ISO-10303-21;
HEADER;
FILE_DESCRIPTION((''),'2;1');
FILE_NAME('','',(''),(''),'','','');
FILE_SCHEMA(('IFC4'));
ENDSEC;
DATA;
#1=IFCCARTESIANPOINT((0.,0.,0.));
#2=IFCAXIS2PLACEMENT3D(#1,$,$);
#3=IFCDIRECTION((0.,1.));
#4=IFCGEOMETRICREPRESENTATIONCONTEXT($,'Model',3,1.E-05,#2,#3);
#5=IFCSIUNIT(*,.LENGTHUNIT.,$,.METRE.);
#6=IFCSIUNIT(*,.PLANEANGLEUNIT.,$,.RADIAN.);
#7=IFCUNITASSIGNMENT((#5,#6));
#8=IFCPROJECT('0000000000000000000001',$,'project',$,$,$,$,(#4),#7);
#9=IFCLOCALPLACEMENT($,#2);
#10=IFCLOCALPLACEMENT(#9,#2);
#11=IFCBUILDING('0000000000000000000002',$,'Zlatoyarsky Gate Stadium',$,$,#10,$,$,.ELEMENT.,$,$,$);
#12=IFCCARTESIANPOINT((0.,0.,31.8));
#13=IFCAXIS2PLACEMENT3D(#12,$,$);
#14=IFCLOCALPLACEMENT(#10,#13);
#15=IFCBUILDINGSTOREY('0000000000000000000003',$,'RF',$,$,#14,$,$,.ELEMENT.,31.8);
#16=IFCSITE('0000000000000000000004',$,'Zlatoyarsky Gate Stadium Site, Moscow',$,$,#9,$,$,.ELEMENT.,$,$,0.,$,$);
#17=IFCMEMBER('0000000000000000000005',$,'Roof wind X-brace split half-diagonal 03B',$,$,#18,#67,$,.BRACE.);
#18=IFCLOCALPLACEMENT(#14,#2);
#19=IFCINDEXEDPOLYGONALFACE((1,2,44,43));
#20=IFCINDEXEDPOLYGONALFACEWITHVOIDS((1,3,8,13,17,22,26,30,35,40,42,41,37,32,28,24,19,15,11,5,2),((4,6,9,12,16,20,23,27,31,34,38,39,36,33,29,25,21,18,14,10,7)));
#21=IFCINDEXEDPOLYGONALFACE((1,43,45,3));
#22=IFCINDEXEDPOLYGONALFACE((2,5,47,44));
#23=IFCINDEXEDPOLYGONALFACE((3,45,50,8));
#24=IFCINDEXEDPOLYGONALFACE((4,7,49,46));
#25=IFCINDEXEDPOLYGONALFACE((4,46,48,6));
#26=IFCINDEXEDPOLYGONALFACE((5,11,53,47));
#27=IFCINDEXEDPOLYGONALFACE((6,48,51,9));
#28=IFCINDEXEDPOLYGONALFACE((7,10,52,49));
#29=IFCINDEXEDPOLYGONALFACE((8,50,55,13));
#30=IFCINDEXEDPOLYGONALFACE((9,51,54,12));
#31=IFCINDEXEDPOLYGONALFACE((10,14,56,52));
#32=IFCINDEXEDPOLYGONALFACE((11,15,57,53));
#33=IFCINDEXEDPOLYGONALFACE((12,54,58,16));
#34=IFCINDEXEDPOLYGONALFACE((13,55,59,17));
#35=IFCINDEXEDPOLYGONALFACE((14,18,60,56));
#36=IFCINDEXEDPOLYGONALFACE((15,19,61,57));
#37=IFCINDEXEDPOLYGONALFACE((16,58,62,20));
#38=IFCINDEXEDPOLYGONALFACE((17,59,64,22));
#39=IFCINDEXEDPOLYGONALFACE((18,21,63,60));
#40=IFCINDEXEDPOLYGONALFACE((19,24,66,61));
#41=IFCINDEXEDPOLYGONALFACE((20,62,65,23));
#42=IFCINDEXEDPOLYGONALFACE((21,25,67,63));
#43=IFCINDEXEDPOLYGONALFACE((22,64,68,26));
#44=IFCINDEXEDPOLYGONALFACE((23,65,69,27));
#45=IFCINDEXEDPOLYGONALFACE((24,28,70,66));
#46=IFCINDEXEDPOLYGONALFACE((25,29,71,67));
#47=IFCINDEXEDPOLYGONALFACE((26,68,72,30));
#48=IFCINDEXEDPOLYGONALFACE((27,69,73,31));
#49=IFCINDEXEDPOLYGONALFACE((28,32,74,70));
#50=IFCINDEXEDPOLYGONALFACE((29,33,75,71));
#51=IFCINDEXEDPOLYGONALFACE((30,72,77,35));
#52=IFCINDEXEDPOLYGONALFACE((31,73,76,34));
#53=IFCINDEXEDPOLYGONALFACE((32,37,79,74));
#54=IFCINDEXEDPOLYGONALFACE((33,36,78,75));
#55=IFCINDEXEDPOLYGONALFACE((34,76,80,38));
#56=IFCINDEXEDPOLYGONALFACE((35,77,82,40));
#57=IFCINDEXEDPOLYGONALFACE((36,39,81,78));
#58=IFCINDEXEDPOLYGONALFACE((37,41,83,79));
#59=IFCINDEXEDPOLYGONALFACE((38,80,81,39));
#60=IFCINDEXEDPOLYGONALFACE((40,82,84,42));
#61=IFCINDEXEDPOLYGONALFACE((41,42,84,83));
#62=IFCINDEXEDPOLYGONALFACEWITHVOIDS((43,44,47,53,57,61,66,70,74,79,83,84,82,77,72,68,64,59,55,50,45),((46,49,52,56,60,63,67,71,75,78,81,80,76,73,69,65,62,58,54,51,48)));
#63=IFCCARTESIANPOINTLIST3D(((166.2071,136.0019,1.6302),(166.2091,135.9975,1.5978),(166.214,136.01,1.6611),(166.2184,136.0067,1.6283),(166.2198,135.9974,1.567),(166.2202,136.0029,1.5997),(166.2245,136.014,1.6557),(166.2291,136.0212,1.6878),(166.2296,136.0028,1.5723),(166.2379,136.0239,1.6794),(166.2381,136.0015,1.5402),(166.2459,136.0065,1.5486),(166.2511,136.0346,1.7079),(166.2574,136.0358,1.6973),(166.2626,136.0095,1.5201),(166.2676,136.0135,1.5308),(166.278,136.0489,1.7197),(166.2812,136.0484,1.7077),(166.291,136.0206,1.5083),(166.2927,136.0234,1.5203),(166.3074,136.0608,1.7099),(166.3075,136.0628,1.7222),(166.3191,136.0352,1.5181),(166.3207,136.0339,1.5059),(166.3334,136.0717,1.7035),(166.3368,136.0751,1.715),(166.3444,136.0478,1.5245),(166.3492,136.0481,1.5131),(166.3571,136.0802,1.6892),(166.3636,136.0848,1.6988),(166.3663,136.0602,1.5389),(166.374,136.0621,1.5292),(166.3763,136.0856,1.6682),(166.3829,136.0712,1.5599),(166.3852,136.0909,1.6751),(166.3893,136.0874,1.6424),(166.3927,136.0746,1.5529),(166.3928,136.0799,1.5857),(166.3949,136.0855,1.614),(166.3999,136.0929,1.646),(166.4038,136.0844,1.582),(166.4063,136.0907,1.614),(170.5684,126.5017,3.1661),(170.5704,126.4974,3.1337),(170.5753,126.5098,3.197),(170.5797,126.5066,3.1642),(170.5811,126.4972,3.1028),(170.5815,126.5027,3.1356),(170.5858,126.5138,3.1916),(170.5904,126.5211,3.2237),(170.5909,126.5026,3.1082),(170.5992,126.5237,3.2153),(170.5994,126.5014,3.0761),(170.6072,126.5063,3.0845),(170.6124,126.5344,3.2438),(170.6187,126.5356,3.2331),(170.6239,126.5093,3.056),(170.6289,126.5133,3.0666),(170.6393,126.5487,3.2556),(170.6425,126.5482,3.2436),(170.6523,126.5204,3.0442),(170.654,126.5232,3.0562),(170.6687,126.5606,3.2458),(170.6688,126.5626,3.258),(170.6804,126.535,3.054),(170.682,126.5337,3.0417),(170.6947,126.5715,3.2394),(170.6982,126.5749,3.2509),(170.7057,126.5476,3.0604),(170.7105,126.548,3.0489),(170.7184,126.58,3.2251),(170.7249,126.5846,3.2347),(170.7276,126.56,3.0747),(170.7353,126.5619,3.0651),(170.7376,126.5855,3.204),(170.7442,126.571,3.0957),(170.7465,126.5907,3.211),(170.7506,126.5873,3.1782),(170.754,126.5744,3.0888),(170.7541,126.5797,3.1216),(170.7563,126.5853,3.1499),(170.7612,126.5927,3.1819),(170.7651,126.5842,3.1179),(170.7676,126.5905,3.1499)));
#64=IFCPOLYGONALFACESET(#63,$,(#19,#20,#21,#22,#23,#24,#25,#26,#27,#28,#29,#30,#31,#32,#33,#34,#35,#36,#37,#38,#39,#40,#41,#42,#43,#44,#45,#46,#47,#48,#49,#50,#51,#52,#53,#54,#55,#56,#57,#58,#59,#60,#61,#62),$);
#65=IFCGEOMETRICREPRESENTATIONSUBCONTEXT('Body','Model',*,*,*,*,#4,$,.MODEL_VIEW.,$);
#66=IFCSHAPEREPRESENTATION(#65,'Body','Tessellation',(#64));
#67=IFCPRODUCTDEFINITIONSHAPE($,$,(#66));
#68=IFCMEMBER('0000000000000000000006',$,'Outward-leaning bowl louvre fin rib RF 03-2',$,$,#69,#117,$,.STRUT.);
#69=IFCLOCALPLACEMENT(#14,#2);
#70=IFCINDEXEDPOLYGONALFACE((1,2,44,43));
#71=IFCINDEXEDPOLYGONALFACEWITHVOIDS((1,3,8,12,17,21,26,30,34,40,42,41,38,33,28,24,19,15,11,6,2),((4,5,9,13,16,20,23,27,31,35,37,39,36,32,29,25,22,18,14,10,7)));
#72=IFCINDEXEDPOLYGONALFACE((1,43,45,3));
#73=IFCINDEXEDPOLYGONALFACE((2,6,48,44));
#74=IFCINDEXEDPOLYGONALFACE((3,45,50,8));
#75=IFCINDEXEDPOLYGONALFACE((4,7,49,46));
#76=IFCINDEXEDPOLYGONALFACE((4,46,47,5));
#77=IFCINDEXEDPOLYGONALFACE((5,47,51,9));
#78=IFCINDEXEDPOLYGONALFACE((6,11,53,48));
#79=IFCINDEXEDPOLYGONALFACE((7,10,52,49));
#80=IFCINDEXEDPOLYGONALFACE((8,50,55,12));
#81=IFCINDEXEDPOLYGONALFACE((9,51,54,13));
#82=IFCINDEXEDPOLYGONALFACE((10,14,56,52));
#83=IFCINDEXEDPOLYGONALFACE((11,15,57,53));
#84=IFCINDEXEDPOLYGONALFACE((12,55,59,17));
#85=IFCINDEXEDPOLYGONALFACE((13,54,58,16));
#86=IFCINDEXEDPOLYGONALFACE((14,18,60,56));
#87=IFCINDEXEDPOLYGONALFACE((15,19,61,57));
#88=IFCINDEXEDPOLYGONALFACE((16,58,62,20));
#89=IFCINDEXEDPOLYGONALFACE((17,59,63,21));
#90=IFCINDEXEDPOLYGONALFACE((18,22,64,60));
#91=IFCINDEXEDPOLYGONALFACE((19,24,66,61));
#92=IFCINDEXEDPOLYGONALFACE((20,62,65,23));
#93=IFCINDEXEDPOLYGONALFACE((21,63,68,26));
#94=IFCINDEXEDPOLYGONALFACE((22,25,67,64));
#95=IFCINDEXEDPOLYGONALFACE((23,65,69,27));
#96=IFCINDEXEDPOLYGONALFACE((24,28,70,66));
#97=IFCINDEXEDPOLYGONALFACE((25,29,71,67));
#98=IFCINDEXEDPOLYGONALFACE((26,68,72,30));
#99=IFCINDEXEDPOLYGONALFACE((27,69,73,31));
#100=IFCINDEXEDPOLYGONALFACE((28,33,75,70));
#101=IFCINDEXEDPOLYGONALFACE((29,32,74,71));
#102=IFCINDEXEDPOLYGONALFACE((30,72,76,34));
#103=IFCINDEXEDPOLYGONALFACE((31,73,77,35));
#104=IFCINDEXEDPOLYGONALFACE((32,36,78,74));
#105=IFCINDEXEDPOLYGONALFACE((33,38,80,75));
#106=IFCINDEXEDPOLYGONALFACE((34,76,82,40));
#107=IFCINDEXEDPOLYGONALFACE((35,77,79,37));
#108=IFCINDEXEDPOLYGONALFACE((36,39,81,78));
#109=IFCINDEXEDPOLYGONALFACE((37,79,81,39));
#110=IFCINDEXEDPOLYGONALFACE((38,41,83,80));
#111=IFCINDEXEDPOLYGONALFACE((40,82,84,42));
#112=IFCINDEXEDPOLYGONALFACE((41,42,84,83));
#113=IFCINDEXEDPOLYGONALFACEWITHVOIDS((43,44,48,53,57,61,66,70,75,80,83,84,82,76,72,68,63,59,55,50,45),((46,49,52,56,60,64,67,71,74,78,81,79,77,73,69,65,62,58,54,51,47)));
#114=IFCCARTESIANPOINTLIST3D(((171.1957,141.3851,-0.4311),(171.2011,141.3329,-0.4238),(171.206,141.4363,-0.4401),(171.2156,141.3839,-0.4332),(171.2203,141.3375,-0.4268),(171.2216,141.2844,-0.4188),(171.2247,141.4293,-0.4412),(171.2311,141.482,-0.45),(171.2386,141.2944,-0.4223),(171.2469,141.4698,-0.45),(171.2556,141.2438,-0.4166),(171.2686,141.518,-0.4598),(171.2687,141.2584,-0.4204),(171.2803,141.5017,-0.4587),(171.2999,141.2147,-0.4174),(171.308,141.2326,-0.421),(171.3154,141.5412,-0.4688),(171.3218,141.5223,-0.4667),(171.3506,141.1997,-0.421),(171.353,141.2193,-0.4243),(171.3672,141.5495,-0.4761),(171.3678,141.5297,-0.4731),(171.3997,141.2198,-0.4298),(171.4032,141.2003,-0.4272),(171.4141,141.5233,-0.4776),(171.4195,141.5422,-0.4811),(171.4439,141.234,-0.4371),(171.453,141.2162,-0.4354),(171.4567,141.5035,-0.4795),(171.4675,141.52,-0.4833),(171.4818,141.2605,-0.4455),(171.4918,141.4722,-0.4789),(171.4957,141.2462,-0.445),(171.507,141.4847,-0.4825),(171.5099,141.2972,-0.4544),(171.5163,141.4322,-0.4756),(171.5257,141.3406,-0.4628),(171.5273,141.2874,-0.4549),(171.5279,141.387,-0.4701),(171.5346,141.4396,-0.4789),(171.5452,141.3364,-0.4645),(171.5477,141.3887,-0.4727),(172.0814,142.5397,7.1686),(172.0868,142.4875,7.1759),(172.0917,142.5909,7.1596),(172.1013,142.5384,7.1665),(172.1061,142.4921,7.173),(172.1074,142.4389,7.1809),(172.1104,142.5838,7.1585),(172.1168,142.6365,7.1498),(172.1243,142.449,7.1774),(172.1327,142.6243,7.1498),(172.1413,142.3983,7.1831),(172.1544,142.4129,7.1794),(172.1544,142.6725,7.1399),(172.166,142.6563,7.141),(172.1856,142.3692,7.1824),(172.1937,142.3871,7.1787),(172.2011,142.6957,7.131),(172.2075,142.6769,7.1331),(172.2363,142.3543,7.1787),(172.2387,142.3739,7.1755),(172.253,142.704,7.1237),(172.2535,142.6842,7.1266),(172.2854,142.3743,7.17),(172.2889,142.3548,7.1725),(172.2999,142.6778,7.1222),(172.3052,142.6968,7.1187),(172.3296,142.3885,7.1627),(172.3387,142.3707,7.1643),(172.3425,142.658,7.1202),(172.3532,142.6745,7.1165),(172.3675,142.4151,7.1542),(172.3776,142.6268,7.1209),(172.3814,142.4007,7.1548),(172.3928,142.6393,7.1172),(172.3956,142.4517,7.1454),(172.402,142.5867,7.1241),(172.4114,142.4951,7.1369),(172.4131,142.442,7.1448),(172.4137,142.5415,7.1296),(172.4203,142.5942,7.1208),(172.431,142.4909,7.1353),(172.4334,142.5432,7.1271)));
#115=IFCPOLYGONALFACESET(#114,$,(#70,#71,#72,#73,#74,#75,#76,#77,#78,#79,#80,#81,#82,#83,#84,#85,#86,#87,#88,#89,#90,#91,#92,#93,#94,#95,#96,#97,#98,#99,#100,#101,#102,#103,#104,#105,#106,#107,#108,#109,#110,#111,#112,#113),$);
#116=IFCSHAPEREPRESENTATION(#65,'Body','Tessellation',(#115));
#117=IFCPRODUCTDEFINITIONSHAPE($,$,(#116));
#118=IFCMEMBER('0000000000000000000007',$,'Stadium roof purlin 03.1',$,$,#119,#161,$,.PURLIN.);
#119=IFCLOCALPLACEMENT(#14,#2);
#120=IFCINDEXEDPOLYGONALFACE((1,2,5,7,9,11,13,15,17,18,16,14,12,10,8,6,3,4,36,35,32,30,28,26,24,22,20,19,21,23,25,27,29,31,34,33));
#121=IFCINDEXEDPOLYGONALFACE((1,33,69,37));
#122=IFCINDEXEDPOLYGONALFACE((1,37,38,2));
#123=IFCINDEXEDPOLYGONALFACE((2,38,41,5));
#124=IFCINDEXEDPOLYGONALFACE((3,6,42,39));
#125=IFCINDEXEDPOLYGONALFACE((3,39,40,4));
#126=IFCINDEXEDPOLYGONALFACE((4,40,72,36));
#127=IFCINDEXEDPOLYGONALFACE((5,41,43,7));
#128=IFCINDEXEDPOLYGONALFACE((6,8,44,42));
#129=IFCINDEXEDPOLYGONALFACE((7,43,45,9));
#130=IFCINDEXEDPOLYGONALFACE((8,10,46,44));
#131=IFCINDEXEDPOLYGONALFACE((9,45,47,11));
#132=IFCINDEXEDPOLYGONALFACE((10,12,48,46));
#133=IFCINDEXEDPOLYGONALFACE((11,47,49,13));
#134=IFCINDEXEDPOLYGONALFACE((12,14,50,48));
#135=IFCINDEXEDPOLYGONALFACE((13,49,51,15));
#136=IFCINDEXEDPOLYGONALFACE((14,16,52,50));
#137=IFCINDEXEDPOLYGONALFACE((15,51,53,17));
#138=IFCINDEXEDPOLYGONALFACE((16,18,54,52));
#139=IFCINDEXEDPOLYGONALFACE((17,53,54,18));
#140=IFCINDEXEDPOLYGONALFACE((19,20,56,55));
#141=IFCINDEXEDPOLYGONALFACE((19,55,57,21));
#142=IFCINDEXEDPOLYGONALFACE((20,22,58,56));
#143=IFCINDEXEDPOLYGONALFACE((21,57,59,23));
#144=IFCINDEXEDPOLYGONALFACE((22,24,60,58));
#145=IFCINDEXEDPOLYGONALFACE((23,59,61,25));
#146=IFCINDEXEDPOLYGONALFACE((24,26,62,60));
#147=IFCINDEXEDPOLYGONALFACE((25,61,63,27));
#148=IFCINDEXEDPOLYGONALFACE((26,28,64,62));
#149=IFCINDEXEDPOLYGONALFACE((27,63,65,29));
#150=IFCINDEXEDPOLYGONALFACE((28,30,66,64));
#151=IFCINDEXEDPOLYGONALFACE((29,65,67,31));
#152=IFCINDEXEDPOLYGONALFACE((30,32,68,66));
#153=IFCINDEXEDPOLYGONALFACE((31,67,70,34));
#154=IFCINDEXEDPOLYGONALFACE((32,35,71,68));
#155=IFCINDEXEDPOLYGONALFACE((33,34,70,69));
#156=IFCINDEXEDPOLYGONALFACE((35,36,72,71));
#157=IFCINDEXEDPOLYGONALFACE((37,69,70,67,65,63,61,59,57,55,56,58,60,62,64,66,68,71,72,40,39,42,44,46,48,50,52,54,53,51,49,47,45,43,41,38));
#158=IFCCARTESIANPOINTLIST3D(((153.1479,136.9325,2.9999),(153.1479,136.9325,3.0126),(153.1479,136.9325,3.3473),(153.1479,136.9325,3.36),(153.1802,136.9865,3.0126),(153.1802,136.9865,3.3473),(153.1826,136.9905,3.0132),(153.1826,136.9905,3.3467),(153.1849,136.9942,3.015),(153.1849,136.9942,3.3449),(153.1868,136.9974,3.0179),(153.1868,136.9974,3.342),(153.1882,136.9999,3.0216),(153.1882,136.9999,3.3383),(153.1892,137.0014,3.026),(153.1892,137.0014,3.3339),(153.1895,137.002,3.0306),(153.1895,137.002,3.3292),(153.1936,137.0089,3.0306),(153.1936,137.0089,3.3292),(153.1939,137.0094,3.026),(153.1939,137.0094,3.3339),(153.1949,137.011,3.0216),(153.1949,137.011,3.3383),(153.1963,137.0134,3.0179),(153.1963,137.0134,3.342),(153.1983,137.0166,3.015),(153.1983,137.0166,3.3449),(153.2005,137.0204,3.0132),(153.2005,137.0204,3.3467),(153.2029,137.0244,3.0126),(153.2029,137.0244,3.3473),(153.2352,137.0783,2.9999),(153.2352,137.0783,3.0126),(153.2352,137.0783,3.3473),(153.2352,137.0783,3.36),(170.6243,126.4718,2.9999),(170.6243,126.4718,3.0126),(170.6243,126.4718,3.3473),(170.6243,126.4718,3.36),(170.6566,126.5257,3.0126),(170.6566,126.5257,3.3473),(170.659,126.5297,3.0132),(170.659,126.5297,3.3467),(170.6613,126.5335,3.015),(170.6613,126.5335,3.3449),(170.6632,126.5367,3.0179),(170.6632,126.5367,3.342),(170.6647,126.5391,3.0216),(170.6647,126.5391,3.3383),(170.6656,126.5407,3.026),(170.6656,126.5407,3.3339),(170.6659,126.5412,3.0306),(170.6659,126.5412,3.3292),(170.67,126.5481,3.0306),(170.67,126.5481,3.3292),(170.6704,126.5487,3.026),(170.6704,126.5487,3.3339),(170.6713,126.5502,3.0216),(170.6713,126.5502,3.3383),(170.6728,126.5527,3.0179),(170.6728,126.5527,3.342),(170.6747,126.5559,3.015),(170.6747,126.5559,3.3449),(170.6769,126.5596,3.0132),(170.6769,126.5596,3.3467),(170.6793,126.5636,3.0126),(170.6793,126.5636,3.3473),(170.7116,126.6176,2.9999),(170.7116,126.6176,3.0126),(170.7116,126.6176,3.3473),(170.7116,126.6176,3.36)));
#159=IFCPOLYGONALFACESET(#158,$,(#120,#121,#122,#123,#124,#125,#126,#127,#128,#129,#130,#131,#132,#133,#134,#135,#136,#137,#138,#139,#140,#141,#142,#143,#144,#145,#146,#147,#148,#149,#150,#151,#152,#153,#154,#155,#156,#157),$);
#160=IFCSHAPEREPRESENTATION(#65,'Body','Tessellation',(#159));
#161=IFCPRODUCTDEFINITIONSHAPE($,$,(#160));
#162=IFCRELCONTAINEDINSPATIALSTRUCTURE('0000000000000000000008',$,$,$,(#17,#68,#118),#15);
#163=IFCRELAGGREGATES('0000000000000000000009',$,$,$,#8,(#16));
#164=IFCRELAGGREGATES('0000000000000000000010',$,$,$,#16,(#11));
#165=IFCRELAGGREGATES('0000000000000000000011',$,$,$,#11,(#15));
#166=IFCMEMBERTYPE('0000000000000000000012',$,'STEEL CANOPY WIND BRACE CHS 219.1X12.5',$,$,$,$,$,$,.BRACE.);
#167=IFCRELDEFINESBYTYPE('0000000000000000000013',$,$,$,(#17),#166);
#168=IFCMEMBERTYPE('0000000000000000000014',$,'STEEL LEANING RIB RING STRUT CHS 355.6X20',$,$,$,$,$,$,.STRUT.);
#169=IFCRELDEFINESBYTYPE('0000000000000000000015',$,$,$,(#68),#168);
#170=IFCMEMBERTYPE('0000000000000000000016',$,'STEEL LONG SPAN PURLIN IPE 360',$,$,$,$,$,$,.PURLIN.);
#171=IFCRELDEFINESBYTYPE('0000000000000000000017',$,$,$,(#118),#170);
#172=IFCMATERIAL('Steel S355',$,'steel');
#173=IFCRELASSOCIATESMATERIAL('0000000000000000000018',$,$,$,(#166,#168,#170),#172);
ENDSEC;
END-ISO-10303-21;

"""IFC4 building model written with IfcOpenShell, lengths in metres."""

from ifc_helpers import new_model, si_unit, direction, frame, origin, origin_2d, place, context, subcontext, project, spatial, hollow_circle, i_section, extrude, material, material_profile, profile_set, type_object, element, save


model = new_model("IFC4")

# Units and contexts
model_context = context("Model", 3, precision=1e-05, world=origin(), true_north=direction((0.0, 1.0)))
body_context = subcontext(model_context, "Body", "Model", "MODEL_VIEW")
ifc_project = project(units=[si_unit("LENGTHUNIT", "METRE"), si_unit("PLANEANGLEUNIT", "RADIAN")], contexts=[model_context])

# Site, building, storey
site_placement = place(None, origin())
site = spatial("IfcSite", under=ifc_project, at=site_placement, Name="Zlatoyarsky Gate Stadium Site, Moscow", CompositionType="ELEMENT", RefElevation=0.0)
building_placement = place(site_placement, origin())
building = spatial("IfcBuilding", under=site, at=building_placement, Name="Zlatoyarsky Gate Stadium", CompositionType="ELEMENT")
storey_placement = place(building_placement, frame((0.0, 0.0, 31.8)))
storey = spatial("IfcBuildingStorey", under=building, at=storey_placement, Name="RF", CompositionType="ELEMENT", Elevation=31.8)

# Members
ifc_material_1 = material(Name="Steel S355", Category="steel")
ifc_material_profile_1 = material_profile(ifc_material_1, hollow_circle(Radius=0.1096, WallThickness=0.0125, at=origin_2d()), Name="CHS 219.1X12.5")
ifc_profile_set_1 = profile_set([ifc_material_profile_1], Name="Steel S355")
member_type_1 = type_object("IfcMemberType", Name="STEEL CANOPY WIND BRACE CHS 219.1X12.5", PredefinedType="BRACE", material=ifc_profile_set_1)
member_1_placement = place(storey_placement, frame((166.3066, 136.0449, 1.614), z_axis=(0.41278, -0.899156, 0.145365), x_axis=(0.908809, 0.417212, 0.0)))
element("IfcMember", 1, at=member_1_placement, inside=storey, type_object=member_type_1, Name="Roof wind X-brace split half-diagonal 03B", PredefinedType="BRACE", context=body_context, shape_type="SweptSolid", body=[
    extrude(hollow_circle(Radius=0.1096, WallThickness=0.0125, at=origin_2d()), origin(), (0.0, 0.0, 1.0), 10.5657),
])
ifc_material_profile_2 = material_profile(ifc_material_1, hollow_circle(Radius=0.1777, WallThickness=0.02, at=origin_2d()), Name="CHS 355.6X20")
ifc_profile_set_2 = profile_set([ifc_material_profile_2], Name="Steel S355")
member_type_2 = type_object("IfcMemberType", Name="STEEL LEANING RIB RING STRUT CHS 355.6X20", PredefinedType="STRUT", material=ifc_profile_set_2)
member_2_placement = place(storey_placement, frame((171.3721, 141.3738, -0.45), z_axis=(0.114468, 0.149206, 0.982158), x_axis=(-0.793409, 0.608689, 0.0)))
element("IfcMember", 2, at=member_2_placement, inside=storey, type_object=member_type_2, Name="Outward-leaning bowl louvre fin rib RF 03-2", PredefinedType="STRUT", context=body_context, shape_type="SweptSolid", body=[
    extrude(hollow_circle(Radius=0.1777, WallThickness=0.02, at=origin_2d()), origin(), (0.0, 0.0, 1.0), 7.7378),
])
ifc_material_profile_3 = material_profile(ifc_material_1, i_section(OverallWidth=0.1699, OverallDepth=0.3601, WebThickness=0.0081, FlangeThickness=0.0127, FilletRadius=0.0181, at=origin_2d()), Name="IPE 360")
ifc_profile_set_3 = profile_set([ifc_material_profile_3], Name="Steel S355")
member_type_3 = type_object("IfcMemberType", Name="STEEL LONG SPAN PURLIN IPE 360", PredefinedType="PURLIN", material=ifc_profile_set_3)
member_3_placement = place(storey_placement, frame((170.668, 126.5447, 3.1799), z_axis=(-0.858036, 0.513589, 0.0), x_axis=(-0.513589, -0.858036, 0.0)))
element("IfcMember", 3, at=member_3_placement, inside=storey, type_object=member_type_3, Name="Stadium roof purlin 03.1", PredefinedType="PURLIN", context=body_context, shape_type="SweptSolid", body=[
    extrude(i_section(OverallWidth=0.1699, OverallDepth=0.3601, WebThickness=0.0081, FlangeThickness=0.0127, FilletRadius=0.0181, at=origin_2d()), origin(), (0.0, 0.0, 1.0), 20.3679),
])

save(model, "model.ifc")
